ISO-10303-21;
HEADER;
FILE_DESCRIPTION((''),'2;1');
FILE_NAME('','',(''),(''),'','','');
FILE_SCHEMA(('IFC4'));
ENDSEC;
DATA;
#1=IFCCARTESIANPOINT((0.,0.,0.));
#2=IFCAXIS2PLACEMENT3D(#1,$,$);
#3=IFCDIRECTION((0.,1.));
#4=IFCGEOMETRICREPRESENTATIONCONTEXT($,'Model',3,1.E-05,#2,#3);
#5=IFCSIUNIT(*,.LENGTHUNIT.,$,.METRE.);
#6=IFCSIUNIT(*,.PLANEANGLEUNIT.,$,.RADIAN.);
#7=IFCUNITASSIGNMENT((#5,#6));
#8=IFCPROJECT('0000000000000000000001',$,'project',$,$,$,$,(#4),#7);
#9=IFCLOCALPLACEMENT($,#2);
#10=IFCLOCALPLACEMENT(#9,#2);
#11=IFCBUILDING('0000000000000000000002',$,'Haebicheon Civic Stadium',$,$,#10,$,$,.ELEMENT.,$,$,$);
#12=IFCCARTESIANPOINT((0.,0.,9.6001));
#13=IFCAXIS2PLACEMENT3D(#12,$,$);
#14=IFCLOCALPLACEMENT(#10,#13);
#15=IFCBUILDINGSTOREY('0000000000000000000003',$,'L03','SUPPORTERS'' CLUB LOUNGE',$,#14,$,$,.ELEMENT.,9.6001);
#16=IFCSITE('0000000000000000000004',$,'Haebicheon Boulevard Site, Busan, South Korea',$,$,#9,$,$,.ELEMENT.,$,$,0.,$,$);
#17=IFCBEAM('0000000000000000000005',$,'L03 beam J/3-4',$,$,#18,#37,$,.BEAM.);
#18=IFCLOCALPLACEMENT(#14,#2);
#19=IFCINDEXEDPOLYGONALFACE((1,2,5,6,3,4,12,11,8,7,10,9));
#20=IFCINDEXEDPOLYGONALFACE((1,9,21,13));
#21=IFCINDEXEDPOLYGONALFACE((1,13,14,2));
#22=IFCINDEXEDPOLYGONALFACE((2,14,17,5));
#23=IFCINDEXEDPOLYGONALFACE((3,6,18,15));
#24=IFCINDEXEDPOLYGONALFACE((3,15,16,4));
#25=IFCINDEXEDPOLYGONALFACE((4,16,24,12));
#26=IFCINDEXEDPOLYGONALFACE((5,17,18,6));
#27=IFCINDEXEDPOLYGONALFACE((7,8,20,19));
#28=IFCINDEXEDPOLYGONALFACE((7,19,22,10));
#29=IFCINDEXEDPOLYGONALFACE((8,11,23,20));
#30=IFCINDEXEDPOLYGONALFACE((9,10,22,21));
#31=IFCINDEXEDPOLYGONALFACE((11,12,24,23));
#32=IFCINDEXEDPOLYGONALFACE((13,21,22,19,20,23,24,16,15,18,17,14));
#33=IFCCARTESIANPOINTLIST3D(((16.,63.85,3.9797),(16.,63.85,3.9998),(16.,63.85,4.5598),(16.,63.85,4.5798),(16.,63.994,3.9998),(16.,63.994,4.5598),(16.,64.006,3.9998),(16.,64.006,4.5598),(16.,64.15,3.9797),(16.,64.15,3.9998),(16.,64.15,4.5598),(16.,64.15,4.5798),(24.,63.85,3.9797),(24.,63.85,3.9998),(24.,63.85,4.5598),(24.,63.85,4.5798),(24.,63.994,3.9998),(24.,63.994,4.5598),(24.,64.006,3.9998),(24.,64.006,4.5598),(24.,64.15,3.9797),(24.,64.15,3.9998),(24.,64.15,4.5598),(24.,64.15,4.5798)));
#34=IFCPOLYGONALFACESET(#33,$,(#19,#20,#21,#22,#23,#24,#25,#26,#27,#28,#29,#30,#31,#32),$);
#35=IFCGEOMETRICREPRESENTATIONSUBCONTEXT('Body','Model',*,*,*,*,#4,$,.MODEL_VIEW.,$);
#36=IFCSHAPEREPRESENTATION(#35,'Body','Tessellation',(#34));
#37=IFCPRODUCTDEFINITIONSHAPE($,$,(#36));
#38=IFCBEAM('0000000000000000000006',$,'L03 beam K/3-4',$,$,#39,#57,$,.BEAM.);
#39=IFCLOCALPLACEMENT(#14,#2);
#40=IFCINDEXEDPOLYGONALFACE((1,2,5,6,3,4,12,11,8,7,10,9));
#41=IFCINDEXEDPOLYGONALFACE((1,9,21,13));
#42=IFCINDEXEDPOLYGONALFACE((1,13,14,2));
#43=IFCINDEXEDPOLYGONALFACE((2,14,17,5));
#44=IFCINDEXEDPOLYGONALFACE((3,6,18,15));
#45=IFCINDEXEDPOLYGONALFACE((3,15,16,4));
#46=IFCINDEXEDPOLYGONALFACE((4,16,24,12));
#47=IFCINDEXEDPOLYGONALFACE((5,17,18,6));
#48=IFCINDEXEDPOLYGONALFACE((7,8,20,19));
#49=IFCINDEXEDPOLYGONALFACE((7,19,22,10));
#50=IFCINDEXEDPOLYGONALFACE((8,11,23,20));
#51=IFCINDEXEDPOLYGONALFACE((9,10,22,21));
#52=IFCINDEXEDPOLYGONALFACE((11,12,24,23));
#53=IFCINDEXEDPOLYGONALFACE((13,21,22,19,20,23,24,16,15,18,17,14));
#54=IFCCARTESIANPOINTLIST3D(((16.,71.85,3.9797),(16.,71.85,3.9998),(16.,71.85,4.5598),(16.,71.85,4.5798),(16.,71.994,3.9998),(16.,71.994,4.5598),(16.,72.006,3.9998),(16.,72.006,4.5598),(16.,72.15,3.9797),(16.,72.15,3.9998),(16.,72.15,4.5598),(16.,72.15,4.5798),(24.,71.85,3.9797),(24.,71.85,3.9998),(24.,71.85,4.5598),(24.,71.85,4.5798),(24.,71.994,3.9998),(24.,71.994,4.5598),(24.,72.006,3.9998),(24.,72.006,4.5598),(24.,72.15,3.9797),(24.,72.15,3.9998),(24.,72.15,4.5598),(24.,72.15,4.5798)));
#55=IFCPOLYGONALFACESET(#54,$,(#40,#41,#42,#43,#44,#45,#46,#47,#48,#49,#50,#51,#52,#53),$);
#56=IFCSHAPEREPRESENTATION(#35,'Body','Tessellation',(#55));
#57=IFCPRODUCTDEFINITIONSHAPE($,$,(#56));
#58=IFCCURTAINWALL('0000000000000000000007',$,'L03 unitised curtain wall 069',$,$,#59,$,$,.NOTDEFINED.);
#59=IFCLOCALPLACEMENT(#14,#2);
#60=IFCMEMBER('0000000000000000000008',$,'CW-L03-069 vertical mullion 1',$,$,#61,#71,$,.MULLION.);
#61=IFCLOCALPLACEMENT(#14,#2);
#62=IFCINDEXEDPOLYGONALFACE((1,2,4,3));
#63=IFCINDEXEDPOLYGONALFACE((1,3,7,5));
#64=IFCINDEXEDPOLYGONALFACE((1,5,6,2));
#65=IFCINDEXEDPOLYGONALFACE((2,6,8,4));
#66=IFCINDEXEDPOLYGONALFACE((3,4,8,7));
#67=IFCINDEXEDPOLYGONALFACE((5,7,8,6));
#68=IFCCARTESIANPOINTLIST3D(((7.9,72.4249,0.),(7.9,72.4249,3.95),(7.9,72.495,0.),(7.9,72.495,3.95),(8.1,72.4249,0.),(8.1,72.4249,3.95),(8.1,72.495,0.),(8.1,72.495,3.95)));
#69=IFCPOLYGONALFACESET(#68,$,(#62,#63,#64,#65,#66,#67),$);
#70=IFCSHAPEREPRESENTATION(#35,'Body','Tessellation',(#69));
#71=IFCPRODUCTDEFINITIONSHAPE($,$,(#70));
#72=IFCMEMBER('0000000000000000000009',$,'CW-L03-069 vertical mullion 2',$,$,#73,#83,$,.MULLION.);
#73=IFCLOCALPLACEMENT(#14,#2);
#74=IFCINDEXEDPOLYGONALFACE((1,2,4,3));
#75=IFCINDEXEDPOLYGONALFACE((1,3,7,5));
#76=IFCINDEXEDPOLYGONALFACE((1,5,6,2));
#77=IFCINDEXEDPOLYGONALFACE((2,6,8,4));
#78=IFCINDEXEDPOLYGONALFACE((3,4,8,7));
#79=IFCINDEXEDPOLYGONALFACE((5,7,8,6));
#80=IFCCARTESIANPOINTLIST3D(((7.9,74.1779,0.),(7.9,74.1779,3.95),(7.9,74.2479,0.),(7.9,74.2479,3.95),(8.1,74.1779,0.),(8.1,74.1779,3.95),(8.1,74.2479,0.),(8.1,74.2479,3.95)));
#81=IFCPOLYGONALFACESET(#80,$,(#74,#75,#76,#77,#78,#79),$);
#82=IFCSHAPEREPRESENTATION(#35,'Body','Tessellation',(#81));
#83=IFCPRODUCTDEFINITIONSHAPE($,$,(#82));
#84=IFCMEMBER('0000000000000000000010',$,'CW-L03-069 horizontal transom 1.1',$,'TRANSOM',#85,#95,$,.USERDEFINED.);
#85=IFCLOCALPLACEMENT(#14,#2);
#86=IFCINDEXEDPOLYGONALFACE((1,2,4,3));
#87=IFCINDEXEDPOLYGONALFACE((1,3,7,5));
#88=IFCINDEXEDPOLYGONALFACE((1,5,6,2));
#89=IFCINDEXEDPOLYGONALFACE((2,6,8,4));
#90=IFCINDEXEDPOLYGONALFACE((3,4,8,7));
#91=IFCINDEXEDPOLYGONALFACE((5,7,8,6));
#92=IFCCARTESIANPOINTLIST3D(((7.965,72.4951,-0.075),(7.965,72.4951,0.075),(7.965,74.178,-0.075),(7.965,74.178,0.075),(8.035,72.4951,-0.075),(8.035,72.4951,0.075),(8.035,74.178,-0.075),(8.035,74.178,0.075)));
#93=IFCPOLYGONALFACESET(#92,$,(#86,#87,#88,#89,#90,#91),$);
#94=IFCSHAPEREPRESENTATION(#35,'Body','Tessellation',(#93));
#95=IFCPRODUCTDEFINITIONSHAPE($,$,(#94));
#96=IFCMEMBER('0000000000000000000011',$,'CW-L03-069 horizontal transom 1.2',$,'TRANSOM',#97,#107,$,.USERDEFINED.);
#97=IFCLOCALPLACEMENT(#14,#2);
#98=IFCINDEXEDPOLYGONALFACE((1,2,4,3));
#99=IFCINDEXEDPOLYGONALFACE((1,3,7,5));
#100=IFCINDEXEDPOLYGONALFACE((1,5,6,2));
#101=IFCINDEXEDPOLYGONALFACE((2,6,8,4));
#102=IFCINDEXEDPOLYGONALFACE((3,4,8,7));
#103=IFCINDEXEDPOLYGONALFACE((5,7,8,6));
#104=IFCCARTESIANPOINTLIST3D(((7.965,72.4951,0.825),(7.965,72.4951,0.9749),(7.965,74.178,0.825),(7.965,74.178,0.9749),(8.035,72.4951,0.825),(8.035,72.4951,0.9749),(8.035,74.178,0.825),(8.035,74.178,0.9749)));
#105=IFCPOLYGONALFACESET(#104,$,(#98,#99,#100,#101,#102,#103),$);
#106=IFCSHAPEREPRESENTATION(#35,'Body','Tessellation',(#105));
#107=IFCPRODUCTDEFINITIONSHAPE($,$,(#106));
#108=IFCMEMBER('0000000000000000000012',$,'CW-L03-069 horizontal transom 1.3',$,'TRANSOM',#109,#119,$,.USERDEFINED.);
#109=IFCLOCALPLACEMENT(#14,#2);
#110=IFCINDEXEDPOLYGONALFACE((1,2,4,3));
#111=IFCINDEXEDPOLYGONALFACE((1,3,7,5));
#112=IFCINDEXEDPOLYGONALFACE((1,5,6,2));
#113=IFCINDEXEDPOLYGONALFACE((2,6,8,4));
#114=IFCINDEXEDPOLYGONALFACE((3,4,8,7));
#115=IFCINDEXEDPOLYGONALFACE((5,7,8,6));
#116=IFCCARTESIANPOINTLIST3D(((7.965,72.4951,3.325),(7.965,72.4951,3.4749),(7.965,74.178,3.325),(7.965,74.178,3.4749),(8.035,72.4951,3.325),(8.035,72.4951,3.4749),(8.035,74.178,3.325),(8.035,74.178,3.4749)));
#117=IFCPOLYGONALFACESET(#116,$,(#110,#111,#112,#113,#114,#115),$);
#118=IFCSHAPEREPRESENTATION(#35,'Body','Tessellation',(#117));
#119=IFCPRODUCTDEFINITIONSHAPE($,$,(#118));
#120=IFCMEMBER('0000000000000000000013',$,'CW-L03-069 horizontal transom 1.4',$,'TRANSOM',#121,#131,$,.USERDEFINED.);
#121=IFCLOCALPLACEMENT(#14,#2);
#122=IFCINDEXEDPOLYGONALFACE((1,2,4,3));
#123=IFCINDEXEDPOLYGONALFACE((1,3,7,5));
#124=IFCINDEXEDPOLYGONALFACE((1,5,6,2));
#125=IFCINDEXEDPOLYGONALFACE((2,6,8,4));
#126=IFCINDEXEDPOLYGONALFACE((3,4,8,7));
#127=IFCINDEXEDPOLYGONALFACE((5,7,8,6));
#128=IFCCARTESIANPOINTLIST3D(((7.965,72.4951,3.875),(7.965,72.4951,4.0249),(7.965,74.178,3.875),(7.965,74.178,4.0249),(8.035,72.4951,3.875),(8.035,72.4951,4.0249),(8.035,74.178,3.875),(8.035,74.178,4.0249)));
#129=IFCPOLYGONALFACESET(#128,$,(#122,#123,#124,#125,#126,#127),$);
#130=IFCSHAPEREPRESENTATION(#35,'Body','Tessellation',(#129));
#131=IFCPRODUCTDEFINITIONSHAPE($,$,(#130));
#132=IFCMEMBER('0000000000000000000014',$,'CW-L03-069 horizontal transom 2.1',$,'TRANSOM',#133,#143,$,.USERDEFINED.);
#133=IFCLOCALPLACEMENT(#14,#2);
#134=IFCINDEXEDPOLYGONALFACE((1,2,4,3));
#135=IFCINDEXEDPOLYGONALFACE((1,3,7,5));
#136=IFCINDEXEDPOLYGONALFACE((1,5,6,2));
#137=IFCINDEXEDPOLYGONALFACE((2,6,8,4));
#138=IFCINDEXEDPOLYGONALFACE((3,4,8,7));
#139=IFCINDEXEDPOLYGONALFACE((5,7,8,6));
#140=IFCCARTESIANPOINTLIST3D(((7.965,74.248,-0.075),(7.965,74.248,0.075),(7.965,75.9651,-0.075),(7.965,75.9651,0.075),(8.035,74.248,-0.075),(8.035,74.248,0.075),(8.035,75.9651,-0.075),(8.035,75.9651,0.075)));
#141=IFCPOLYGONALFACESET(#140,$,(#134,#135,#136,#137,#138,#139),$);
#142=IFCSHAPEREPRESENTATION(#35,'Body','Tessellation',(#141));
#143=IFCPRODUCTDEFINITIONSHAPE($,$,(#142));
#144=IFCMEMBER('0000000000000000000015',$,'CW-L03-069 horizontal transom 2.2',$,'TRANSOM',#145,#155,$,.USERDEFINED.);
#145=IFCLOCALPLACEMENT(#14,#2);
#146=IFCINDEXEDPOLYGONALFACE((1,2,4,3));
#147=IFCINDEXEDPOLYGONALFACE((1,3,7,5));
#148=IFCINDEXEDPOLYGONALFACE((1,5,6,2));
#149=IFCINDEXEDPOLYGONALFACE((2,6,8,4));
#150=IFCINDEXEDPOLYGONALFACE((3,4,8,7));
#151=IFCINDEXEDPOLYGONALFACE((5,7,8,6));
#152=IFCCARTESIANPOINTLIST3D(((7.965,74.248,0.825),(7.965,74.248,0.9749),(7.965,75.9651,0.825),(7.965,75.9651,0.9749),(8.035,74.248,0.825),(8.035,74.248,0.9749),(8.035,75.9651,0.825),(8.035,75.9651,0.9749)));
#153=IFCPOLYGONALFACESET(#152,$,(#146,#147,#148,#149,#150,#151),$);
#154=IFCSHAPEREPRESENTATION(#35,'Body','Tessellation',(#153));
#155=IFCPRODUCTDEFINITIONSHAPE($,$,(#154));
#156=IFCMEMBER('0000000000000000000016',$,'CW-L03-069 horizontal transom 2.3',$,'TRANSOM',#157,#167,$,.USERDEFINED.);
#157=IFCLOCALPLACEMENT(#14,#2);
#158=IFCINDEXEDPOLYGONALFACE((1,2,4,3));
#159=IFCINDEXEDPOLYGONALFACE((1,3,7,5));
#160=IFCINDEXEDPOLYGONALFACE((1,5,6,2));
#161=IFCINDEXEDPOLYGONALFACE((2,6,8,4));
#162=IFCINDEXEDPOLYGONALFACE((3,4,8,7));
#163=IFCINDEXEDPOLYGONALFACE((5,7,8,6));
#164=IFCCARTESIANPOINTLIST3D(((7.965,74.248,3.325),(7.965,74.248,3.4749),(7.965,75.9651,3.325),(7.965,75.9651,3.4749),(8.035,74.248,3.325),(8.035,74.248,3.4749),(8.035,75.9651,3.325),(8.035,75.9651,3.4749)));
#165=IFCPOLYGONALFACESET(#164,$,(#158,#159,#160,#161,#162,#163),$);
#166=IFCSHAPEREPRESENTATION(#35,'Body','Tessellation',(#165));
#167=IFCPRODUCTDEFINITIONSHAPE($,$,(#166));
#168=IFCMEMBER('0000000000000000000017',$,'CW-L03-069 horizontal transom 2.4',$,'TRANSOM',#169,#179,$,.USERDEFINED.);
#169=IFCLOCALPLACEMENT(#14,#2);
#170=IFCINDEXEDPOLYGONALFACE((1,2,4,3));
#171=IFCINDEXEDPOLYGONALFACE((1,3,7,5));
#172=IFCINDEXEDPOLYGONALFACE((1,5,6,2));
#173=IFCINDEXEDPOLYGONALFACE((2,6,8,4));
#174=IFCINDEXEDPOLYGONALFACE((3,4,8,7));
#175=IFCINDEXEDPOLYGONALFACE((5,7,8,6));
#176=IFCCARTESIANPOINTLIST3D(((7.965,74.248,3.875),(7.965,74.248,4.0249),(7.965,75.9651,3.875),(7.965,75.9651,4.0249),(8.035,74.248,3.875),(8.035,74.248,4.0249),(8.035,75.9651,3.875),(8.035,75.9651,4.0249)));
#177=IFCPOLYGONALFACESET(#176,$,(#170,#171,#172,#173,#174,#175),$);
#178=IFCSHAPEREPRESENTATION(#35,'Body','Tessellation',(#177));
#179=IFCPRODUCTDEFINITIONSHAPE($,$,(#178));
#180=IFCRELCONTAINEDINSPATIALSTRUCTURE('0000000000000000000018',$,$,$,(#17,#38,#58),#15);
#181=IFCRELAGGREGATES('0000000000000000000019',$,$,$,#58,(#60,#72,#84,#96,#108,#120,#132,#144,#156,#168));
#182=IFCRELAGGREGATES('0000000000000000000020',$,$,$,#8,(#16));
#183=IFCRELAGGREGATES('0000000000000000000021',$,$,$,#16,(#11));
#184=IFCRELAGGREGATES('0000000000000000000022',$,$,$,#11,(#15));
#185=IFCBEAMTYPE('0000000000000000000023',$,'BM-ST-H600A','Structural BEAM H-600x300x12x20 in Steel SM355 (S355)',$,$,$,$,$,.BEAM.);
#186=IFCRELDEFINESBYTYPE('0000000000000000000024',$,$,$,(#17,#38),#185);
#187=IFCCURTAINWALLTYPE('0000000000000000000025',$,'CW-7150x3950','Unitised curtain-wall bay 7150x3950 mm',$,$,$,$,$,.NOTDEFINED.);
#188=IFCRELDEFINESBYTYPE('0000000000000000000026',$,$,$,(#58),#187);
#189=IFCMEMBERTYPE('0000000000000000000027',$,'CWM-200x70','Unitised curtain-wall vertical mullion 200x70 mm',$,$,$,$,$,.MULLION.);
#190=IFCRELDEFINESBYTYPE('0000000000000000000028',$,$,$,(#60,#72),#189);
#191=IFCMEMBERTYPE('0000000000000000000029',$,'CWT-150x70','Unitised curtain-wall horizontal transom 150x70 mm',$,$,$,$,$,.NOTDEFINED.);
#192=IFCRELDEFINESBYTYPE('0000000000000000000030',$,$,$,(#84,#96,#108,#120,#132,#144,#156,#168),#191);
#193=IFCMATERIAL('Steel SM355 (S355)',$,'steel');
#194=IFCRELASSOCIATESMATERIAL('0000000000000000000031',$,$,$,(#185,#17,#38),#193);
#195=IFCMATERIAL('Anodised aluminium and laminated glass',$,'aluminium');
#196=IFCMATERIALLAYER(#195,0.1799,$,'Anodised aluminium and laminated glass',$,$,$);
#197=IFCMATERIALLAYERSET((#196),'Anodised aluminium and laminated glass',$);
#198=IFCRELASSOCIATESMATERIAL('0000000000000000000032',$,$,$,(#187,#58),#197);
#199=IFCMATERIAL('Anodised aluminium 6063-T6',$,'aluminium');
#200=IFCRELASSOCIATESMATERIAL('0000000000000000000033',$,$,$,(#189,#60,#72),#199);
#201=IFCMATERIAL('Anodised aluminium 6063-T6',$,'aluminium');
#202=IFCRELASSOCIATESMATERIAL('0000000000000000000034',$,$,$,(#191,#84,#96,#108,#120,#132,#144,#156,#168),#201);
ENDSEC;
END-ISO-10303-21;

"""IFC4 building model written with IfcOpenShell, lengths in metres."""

from ifc_helpers import new_model, si_unit, direction, frame, origin, origin_2d, place, context, subcontext, project, spatial, rectangle, i_section, extrude, material, layer, layer_set, material_profile, profile_set, type_object, element, aggregate, save


model = new_model("IFC4")

# Units and contexts
model_context = context("Model", 3, precision=1e-05, world=origin(), true_north=direction((0.0, 1.0)))
body_context = subcontext(model_context, "Body", "Model", "MODEL_VIEW")
ifc_project = project(units=[si_unit("LENGTHUNIT", "METRE"), si_unit("PLANEANGLEUNIT", "RADIAN")], contexts=[model_context])

# Site, building, storey
site_placement = place(None, origin())
site = spatial("IfcSite", under=ifc_project, at=site_placement, Name="Haebicheon Boulevard Site, Busan, South Korea", CompositionType="ELEMENT", RefElevation=0.0)
building_placement = place(site_placement, origin())
building = spatial("IfcBuilding", under=site, at=building_placement, Name="Haebicheon Civic Stadium", CompositionType="ELEMENT")
storey_placement = place(building_placement, frame((0.0, 0.0, 9.6001)))
storey = spatial("IfcBuildingStorey", under=building, at=storey_placement, Name="L03", Description="SUPPORTERS' CLUB LOUNGE", CompositionType="ELEMENT", Elevation=9.6001)

# Beams
ifc_material_1 = material(Name="Steel SM355 (S355)", Category="steel")
ifc_material_profile_1 = material_profile(ifc_material_1, i_section(OverallWidth=0.3, OverallDepth=0.6001, WebThickness=0.012, FlangeThickness=0.02, at=origin_2d()), Name="H-600x300x12x20")
ifc_profile_set_1 = profile_set([ifc_material_profile_1], Name="Steel SM355 (S355)")
beam_type_1 = type_object("IfcBeamType", Name="BM-ST-H600A", Description="Structural BEAM H-600x300x12x20 in Steel SM355 (S355)", PredefinedType="BEAM", material=ifc_profile_set_1)
for number, where, z_axis, x_axis, name in (
    (1, (16.0, 64.0, 4.2798), (1.0, 0.0, 0.0), (0.0, 1.0, 0.0), "L03 beam J/3-4"),
    (2, (16.0, 72.0, 4.2798), (1.0, 0.0, 0.0), (0.0, 1.0, 0.0), "L03 beam K/3-4"),
):
    element("IfcBeam", number, at=place(storey_placement, frame(where, z_axis=z_axis, x_axis=x_axis)), inside=storey, type_object=beam_type_1, material=ifc_profile_set_1, Name=name, PredefinedType="BEAM", context=body_context, shape_type="SweptSolid", body=[
        extrude(i_section(OverallWidth=0.3, OverallDepth=0.6001, WebThickness=0.012, FlangeThickness=0.02, at=origin_2d()), origin(), (0.0, 0.0, 1.0), 8.0),
    ])

# Curtain wall, members
ifc_material_2 = material(Name="Anodised aluminium and laminated glass", Category="aluminium")
ifc_layer_1 = layer(ifc_material_2, 0.1799, Name="Anodised aluminium and laminated glass")
ifc_layer_set_1 = layer_set([ifc_layer_1], Name="Anodised aluminium and laminated glass")
curtain_wall_type = type_object("IfcCurtainWallType", Name="CW-7150x3950", Description="Unitised curtain-wall bay 7150x3950 mm", PredefinedType="NOTDEFINED", material=ifc_layer_set_1)
curtain_wall_placement = place(storey_placement, origin())
curtain_wall = element("IfcCurtainWall", 3, at=curtain_wall_placement, inside=storey, type_object=curtain_wall_type, material=ifc_layer_set_1, Name="L03 unitised curtain wall 069", PredefinedType="NOTDEFINED")
ifc_material_3 = material(Name="Anodised aluminium 6063-T6", Category="aluminium")
ifc_material_profile_2 = material_profile(ifc_material_3, rectangle(XDim=0.0701, YDim=0.2, at=origin_2d()), Name="ALU-MULL-70x200")
ifc_profile_set_2 = profile_set([ifc_material_profile_2], Name="Anodised aluminium 6063-T6")
member_type_1 = type_object("IfcMemberType", Name="CWM-200x70", Description="Unitised curtain-wall vertical mullion 200x70 mm", PredefinedType="MULLION", material=ifc_profile_set_2)
member_1_placement = place(storey_placement, frame((8.0, 72.46, 0.0), z_axis=(0.0, 0.0, 1.0), x_axis=(0.0, 1.0, 0.0)))
member_1 = element("IfcMember", 4, at=member_1_placement, type_object=member_type_1, material=ifc_profile_set_2, Name="CW-L03-069 vertical mullion 1", PredefinedType="MULLION", context=body_context, shape_type="SweptSolid", body=[
    extrude(rectangle(XDim=0.0701, YDim=0.2, at=origin_2d()), origin(), (0.0, 0.0, 1.0), 3.95),
])
member_2_placement = place(storey_placement, frame((8.0, 74.2129, 0.0), z_axis=(0.0, 0.0, 1.0), x_axis=(0.0, 1.0, 0.0)))
member_2 = element("IfcMember", 5, at=member_2_placement, type_object=member_type_1, material=ifc_profile_set_2, Name="CW-L03-069 vertical mullion 2", PredefinedType="MULLION", context=body_context, shape_type="SweptSolid", body=[
    extrude(rectangle(XDim=0.0701, YDim=0.2, at=origin_2d()), origin(), (0.0, 0.0, 1.0), 3.95),
])
ifc_material_4 = material(Name="Anodised aluminium 6063-T6", Category="aluminium")
ifc_material_profile_3 = material_profile(ifc_material_4, rectangle(XDim=0.0701, YDim=0.1499, at=origin_2d()), Name="ALU-TRAN-70x150")
ifc_profile_set_3 = profile_set([ifc_material_profile_3], Name="Anodised aluminium 6063-T6")
member_type_2 = type_object("IfcMemberType", Name="CWT-150x70", Description="Unitised curtain-wall horizontal transom 150x70 mm", PredefinedType="NOTDEFINED", material=ifc_profile_set_3)
member_3_placement = place(storey_placement, frame((8.0, 72.4951, 0.0), z_axis=(0.0, 1.0, 0.0), x_axis=(-1.0, 0.0, 0.0)))
member_3 = element("IfcMember", 6, at=member_3_placement, type_object=member_type_2, material=ifc_profile_set_3, Name="CW-L03-069 horizontal transom 1.1", ObjectType="TRANSOM", PredefinedType="USERDEFINED", context=body_context, shape_type="SweptSolid", body=[
    extrude(rectangle(XDim=0.0701, YDim=0.1499, at=origin_2d()), origin(), (0.0, 0.0, 1.0), 1.6829),
])
member_4_placement = place(storey_placement, frame((8.0, 72.4951, 0.8999), z_axis=(0.0, 1.0, 0.0), x_axis=(-1.0, 0.0, 0.0)))
member_4 = element("IfcMember", 7, at=member_4_placement, type_object=member_type_2, material=ifc_profile_set_3, Name="CW-L03-069 horizontal transom 1.2", ObjectType="TRANSOM", PredefinedType="USERDEFINED", context=body_context, shape_type="SweptSolid", body=[
    extrude(rectangle(XDim=0.0701, YDim=0.1499, at=origin_2d()), origin(), (0.0, 0.0, 1.0), 1.6829),
])
member_5_placement = place(storey_placement, frame((8.0, 72.4951, 3.3999), z_axis=(0.0, 1.0, 0.0), x_axis=(-1.0, 0.0, 0.0)))
member_5 = element("IfcMember", 8, at=member_5_placement, type_object=member_type_2, material=ifc_profile_set_3, Name="CW-L03-069 horizontal transom 1.3", ObjectType="TRANSOM", PredefinedType="USERDEFINED", context=body_context, shape_type="SweptSolid", body=[
    extrude(rectangle(XDim=0.0701, YDim=0.1499, at=origin_2d()), origin(), (0.0, 0.0, 1.0), 1.6829),
])
member_6_placement = place(storey_placement, frame((8.0, 72.4951, 3.95), z_axis=(0.0, 1.0, 0.0), x_axis=(-1.0, 0.0, 0.0)))
member_6 = element("IfcMember", 9, at=member_6_placement, type_object=member_type_2, material=ifc_profile_set_3, Name="CW-L03-069 horizontal transom 1.4", ObjectType="TRANSOM", PredefinedType="USERDEFINED", context=body_context, shape_type="SweptSolid", body=[
    extrude(rectangle(XDim=0.0701, YDim=0.1499, at=origin_2d()), origin(), (0.0, 0.0, 1.0), 1.6829),
])
member_7_placement = place(storey_placement, frame((8.0, 74.248, 0.0), z_axis=(0.0, 1.0, 0.0), x_axis=(-1.0, 0.0, 0.0)))
member_7 = element("IfcMember", 10, at=member_7_placement, type_object=member_type_2, material=ifc_profile_set_3, Name="CW-L03-069 horizontal transom 2.1", ObjectType="TRANSOM", PredefinedType="USERDEFINED", context=body_context, shape_type="SweptSolid", body=[
    extrude(rectangle(XDim=0.0701, YDim=0.1499, at=origin_2d()), origin(), (0.0, 0.0, 1.0), 1.717),
])
member_8_placement = place(storey_placement, frame((8.0, 74.248, 0.8999), z_axis=(0.0, 1.0, 0.0), x_axis=(-1.0, 0.0, 0.0)))
member_8 = element("IfcMember", 11, at=member_8_placement, type_object=member_type_2, material=ifc_profile_set_3, Name="CW-L03-069 horizontal transom 2.2", ObjectType="TRANSOM", PredefinedType="USERDEFINED", context=body_context, shape_type="SweptSolid", body=[
    extrude(rectangle(XDim=0.0701, YDim=0.1499, at=origin_2d()), origin(), (0.0, 0.0, 1.0), 1.717),
])
member_9_placement = place(storey_placement, frame((8.0, 74.248, 3.3999), z_axis=(0.0, 1.0, 0.0), x_axis=(-1.0, 0.0, 0.0)))
member_9 = element("IfcMember", 12, at=member_9_placement, type_object=member_type_2, material=ifc_profile_set_3, Name="CW-L03-069 horizontal transom 2.3", ObjectType="TRANSOM", PredefinedType="USERDEFINED", context=body_context, shape_type="SweptSolid", body=[
    extrude(rectangle(XDim=0.0701, YDim=0.1499, at=origin_2d()), origin(), (0.0, 0.0, 1.0), 1.717),
])
member_10_placement = place(storey_placement, frame((8.0, 74.248, 3.95), z_axis=(0.0, 1.0, 0.0), x_axis=(-1.0, 0.0, 0.0)))
member_10 = element("IfcMember", 13, at=member_10_placement, type_object=member_type_2, material=ifc_profile_set_3, Name="CW-L03-069 horizontal transom 2.4", ObjectType="TRANSOM", PredefinedType="USERDEFINED", context=body_context, shape_type="SweptSolid", body=[
    extrude(rectangle(XDim=0.0701, YDim=0.1499, at=origin_2d()), origin(), (0.0, 0.0, 1.0), 1.717),
])

aggregate(curtain_wall, [member_1, member_2, member_3, member_4, member_5, member_6, member_7, member_8, member_9, member_10])

save(model, "model.ifc")
